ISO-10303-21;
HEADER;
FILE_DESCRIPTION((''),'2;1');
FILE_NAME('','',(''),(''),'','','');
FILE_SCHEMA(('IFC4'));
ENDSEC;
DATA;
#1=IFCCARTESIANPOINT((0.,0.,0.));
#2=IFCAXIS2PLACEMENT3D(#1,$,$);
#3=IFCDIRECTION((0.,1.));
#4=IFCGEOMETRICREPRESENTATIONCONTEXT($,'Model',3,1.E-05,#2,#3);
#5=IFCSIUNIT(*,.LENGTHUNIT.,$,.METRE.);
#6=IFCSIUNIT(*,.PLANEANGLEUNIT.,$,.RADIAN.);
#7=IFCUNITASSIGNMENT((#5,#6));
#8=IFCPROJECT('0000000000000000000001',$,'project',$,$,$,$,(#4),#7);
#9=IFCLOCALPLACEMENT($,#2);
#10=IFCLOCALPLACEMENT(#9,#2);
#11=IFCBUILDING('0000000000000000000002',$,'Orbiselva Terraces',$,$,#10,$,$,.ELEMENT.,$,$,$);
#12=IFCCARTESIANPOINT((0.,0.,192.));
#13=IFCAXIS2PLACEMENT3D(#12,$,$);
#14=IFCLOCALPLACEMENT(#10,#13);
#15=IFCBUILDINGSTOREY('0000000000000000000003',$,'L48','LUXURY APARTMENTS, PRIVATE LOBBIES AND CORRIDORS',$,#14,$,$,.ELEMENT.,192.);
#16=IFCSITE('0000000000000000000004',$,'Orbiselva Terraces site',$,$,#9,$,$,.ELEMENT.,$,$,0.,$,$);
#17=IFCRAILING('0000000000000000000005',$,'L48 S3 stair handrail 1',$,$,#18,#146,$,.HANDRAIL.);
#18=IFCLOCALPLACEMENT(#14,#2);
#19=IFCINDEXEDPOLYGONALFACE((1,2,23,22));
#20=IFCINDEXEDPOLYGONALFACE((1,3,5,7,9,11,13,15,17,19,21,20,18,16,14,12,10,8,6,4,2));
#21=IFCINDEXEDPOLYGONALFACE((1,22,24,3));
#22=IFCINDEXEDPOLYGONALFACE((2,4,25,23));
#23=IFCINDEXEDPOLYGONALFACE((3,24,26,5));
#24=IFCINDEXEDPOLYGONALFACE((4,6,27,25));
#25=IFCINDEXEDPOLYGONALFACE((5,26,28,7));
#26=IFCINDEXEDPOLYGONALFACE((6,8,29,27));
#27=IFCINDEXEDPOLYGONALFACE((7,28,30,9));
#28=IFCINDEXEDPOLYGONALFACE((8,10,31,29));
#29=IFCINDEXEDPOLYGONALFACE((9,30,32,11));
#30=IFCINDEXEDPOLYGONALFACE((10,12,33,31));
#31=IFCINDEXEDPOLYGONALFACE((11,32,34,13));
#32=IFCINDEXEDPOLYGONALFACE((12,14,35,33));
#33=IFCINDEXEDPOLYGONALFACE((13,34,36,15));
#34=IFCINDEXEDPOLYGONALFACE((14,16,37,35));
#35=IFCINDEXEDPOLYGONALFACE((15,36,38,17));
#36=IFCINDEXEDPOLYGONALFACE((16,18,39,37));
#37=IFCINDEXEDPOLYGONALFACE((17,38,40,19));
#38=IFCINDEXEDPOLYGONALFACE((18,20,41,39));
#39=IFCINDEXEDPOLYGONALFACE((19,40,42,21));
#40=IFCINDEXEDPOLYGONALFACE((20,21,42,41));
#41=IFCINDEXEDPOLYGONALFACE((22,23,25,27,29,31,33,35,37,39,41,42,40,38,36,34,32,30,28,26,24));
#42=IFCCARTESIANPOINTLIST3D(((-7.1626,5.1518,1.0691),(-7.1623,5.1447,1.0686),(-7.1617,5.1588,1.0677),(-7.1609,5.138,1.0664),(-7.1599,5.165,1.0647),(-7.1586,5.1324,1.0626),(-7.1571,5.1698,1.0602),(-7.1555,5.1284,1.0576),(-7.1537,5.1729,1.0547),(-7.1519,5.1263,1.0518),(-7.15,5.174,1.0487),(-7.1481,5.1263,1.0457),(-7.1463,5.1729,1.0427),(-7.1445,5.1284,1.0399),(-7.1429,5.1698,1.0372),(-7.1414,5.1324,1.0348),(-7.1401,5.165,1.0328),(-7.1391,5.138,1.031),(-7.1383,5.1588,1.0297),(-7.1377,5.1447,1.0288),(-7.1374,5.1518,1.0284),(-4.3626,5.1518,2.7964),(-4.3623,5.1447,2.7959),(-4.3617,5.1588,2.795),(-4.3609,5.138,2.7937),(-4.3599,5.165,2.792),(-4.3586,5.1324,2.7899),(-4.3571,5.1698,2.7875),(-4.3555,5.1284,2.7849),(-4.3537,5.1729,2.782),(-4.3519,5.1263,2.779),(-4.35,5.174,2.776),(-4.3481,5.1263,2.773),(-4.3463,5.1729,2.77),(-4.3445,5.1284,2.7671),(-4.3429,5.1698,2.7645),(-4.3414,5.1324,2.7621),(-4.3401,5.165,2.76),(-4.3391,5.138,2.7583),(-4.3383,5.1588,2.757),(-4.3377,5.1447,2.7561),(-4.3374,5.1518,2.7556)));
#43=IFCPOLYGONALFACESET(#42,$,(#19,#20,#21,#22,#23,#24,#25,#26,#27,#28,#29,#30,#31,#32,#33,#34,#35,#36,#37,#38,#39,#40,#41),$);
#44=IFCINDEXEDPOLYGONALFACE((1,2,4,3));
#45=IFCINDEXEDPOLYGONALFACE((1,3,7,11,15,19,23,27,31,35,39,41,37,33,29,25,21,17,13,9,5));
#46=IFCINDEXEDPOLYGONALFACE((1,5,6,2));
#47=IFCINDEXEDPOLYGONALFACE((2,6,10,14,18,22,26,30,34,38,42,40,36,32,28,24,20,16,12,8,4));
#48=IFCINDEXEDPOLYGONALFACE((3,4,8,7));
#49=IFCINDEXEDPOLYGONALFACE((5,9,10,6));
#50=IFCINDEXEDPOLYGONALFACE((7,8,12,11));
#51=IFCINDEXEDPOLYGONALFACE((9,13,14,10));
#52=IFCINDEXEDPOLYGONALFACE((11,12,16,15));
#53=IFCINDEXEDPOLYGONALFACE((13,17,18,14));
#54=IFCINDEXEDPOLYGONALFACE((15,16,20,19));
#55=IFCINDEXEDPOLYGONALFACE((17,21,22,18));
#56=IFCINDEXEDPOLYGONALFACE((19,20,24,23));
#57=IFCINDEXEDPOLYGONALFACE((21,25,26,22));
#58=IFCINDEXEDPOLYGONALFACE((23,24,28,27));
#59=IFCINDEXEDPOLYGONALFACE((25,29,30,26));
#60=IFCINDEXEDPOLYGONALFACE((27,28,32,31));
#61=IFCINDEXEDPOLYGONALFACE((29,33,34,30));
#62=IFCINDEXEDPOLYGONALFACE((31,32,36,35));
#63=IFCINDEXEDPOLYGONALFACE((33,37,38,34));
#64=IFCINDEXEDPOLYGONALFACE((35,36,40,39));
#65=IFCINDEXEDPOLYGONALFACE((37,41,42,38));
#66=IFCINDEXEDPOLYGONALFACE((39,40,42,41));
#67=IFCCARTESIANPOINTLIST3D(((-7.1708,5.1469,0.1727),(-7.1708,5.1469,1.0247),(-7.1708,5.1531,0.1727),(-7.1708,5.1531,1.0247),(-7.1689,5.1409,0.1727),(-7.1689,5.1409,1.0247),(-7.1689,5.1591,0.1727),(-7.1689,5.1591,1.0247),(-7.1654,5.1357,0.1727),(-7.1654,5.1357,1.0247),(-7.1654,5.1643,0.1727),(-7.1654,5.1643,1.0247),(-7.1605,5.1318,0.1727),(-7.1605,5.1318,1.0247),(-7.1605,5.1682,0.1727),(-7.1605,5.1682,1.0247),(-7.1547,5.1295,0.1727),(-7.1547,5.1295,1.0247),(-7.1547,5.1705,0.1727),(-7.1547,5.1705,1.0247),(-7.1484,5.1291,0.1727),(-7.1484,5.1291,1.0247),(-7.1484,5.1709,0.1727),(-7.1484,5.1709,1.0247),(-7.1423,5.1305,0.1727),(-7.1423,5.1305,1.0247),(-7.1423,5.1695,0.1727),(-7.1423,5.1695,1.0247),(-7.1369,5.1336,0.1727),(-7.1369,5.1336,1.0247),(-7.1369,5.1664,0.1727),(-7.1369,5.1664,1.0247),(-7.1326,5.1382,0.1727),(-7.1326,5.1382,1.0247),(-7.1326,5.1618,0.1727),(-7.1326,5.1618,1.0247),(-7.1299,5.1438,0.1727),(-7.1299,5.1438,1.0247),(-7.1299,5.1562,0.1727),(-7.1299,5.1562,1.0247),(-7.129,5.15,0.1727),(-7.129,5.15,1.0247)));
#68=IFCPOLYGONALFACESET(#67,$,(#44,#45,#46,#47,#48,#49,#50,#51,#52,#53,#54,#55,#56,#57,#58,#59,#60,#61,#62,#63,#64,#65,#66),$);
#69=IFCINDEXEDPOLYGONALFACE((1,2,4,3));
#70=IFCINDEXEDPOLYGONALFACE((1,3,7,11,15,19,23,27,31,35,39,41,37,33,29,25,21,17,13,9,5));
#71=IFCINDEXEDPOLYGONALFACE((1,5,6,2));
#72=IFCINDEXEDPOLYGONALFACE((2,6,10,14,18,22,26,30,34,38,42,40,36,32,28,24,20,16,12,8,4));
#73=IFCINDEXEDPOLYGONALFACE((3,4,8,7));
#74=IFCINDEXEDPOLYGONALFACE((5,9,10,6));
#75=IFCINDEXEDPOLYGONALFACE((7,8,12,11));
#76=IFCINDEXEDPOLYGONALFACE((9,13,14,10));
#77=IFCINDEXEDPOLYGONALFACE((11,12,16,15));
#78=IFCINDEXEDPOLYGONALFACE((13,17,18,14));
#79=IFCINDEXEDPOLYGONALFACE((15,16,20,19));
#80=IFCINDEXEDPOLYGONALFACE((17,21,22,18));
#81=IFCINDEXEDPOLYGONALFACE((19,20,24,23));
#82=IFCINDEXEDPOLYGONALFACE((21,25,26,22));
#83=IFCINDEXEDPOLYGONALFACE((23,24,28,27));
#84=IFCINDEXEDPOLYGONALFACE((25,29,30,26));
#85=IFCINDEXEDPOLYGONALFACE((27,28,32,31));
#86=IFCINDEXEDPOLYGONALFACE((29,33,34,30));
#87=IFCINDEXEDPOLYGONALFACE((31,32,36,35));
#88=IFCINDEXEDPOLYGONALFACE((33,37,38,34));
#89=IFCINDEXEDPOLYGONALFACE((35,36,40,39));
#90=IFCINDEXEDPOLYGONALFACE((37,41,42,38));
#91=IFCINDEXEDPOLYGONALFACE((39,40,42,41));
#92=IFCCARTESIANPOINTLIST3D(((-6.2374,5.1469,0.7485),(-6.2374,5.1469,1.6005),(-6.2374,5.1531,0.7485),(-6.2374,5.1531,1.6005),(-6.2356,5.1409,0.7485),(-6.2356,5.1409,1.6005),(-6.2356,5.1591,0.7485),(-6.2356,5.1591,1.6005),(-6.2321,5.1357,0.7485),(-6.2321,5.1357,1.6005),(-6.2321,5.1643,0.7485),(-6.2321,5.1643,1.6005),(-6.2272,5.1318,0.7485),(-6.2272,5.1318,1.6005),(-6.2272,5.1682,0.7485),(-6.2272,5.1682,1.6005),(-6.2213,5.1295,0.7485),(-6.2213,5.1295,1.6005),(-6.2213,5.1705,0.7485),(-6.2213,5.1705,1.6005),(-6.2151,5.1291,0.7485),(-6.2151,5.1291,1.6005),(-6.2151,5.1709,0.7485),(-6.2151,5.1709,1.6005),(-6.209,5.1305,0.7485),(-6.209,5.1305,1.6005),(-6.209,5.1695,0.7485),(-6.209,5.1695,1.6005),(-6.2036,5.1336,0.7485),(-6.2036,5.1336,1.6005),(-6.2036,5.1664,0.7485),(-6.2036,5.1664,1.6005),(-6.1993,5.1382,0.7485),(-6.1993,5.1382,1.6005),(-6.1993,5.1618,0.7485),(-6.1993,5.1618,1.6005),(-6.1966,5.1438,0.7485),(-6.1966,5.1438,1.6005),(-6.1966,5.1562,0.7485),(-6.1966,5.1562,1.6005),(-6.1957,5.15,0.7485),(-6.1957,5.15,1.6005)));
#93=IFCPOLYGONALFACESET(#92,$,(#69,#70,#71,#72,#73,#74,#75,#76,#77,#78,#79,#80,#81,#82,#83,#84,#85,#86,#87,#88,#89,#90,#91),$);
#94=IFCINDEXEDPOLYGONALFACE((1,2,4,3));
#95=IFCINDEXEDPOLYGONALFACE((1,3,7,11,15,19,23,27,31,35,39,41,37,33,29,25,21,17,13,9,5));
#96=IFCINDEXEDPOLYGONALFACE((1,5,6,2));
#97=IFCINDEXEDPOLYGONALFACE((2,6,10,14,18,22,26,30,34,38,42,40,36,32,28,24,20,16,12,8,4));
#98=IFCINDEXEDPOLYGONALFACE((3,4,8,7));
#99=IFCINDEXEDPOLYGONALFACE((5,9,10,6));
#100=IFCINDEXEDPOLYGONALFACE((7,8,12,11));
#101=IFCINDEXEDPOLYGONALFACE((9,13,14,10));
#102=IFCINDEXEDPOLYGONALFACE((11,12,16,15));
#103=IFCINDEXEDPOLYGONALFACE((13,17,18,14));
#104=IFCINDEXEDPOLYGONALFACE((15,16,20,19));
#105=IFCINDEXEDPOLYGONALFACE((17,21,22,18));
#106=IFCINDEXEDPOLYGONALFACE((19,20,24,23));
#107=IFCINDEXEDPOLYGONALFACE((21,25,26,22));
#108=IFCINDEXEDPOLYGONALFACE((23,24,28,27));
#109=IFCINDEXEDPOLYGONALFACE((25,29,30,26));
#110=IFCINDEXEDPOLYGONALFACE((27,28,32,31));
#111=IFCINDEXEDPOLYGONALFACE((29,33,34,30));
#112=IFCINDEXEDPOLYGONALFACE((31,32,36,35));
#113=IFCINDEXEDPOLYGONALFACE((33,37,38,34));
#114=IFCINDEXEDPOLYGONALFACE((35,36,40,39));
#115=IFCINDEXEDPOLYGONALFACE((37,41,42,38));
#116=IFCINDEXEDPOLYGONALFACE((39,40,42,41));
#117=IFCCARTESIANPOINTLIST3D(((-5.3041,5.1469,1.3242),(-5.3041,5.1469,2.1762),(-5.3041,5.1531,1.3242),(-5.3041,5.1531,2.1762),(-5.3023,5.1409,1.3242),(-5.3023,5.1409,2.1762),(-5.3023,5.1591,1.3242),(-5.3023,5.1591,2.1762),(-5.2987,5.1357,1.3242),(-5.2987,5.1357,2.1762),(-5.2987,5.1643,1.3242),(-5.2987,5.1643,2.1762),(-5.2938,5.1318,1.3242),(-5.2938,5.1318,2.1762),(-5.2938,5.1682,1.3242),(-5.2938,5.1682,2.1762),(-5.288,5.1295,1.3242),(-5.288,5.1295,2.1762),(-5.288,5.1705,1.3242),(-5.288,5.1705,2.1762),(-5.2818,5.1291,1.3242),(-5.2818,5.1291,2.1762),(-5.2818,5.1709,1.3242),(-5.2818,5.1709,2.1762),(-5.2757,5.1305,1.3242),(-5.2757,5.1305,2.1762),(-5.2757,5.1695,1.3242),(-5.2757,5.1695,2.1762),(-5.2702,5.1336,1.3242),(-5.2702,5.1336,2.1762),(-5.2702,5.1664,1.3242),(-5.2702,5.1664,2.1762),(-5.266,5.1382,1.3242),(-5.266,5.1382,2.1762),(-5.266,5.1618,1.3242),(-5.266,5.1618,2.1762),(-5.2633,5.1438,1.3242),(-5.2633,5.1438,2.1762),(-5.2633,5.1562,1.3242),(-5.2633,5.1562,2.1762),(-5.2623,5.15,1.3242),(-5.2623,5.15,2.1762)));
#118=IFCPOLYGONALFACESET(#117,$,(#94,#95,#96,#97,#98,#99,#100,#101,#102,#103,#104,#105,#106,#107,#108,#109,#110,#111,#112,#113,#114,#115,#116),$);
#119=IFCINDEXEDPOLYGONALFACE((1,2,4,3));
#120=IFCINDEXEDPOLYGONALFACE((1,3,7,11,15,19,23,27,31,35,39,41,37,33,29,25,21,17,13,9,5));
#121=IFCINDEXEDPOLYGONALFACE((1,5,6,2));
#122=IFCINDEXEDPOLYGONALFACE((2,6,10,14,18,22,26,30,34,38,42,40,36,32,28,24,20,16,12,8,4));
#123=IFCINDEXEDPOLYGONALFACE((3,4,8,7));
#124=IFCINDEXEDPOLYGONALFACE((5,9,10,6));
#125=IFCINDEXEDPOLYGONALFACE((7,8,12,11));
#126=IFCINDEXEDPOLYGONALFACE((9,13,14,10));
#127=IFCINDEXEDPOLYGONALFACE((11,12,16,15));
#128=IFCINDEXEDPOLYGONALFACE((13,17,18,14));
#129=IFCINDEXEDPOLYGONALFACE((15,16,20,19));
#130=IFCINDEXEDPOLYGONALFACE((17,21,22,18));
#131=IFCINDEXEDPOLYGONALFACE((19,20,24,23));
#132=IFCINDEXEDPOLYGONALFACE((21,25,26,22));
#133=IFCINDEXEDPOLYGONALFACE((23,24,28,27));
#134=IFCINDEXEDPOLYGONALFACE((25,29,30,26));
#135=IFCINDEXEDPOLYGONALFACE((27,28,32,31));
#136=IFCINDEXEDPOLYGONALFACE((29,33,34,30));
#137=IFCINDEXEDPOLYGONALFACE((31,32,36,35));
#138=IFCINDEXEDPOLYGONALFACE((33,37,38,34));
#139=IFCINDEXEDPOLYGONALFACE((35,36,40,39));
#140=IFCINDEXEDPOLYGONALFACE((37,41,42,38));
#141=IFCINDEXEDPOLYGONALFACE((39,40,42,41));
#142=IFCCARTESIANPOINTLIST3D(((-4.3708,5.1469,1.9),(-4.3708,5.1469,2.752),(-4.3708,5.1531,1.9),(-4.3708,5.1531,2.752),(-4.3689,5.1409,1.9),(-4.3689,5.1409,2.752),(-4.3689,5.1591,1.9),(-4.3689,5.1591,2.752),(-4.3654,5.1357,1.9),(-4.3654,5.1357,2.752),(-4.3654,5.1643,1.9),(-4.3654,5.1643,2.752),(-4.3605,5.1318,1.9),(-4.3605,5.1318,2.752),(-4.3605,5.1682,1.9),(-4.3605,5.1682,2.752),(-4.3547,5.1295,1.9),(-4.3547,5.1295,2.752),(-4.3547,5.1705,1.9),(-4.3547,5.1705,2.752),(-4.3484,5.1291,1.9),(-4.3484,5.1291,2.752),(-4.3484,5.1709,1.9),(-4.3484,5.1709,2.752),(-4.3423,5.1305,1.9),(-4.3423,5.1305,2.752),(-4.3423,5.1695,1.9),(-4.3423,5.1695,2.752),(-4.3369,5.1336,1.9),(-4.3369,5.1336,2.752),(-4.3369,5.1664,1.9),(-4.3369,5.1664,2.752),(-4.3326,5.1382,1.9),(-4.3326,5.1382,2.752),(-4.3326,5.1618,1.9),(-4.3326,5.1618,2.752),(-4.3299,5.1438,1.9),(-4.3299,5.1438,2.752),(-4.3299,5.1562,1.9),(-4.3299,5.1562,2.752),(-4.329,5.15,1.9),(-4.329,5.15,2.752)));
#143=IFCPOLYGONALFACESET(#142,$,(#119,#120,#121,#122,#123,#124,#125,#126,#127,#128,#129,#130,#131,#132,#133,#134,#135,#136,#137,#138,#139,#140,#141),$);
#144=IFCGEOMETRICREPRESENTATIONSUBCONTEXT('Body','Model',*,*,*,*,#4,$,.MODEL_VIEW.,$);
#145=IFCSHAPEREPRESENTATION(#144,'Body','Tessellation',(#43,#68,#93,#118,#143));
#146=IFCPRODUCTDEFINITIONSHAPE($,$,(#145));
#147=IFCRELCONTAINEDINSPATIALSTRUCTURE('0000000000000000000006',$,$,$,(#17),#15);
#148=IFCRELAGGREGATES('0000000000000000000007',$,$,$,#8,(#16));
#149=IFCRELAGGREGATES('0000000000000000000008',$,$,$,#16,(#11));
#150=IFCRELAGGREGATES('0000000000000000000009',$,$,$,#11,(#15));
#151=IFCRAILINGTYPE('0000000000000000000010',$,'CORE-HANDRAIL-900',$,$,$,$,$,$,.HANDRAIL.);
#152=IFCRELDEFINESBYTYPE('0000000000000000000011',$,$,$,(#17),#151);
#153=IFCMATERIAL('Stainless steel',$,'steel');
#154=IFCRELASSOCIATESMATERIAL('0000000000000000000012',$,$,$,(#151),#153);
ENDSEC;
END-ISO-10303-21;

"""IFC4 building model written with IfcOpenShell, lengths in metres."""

from ifc_helpers import new_model, si_unit, direction, frame, origin, origin_2d, place, context, subcontext, project, spatial, circle, extrude, material, type_object, element, save


model = new_model("IFC4")

# Units and contexts
model_context = context("Model", 3, precision=1e-05, world=origin(), true_north=direction((0.0, 1.0)))
body_context = subcontext(model_context, "Body", "Model", "MODEL_VIEW")
ifc_project = project(units=[si_unit("LENGTHUNIT", "METRE"), si_unit("PLANEANGLEUNIT", "RADIAN")], contexts=[model_context])

# Site, building, storey
site_placement = place(None, origin())
site = spatial("IfcSite", under=ifc_project, at=site_placement, Name="Orbiselva Terraces site", CompositionType="ELEMENT", RefElevation=0.0)
building_placement = place(site_placement, origin())
building = spatial("IfcBuilding", under=site, at=building_placement, Name="Orbiselva Terraces", CompositionType="ELEMENT")
storey_placement = place(building_placement, frame((0.0, 0.0, 192.0)))
storey = spatial("IfcBuildingStorey", under=building, at=storey_placement, Name="L48", Description="LUXURY APARTMENTS, PRIVATE LOBBIES AND CORRIDORS", CompositionType="ELEMENT", Elevation=192.0)

# Railing
ifc_material_1 = material(Name="Stainless steel", Category="steel")
railing_type_1 = type_object("IfcRailingType", Name="CORE-HANDRAIL-900", PredefinedType="HANDRAIL", material=ifc_material_1)
railing_1_placement = place(storey_placement, frame((-7.15, 5.15, 0.1727)))
element("IfcRailing", 1, at=railing_1_placement, inside=storey, type_object=railing_type_1, Name="L48 S3 stair handrail 1", PredefinedType="HANDRAIL", context=body_context, shape_type="SweptSolid", body=[
    extrude(circle(Radius=0.024, at=origin_2d()), frame((0.0, 0.0, 0.876), z_axis=(0.851089, 0.0, 0.525022), x_axis=(0.0, 1.0, 0.0)), (0.0, 0.0, 1.0), 3.2899),
    extrude(circle(Radius=0.021, at=origin_2d()), origin(), (0.0, 0.0, 1.0), 0.852),
    extrude(circle(Radius=0.021, at=origin_2d()), frame((0.9333, 0.0, 0.5758)), (0.0, 0.0, 1.0), 0.852),
    extrude(circle(Radius=0.021, at=origin_2d()), frame((1.8667, 0.0, 1.1515)), (0.0, 0.0, 1.0), 0.852),
    extrude(circle(Radius=0.021, at=origin_2d()), frame((2.8, 0.0, 1.7273)), (0.0, 0.0, 1.0), 0.852),
])

save(model, "model.ifc")
